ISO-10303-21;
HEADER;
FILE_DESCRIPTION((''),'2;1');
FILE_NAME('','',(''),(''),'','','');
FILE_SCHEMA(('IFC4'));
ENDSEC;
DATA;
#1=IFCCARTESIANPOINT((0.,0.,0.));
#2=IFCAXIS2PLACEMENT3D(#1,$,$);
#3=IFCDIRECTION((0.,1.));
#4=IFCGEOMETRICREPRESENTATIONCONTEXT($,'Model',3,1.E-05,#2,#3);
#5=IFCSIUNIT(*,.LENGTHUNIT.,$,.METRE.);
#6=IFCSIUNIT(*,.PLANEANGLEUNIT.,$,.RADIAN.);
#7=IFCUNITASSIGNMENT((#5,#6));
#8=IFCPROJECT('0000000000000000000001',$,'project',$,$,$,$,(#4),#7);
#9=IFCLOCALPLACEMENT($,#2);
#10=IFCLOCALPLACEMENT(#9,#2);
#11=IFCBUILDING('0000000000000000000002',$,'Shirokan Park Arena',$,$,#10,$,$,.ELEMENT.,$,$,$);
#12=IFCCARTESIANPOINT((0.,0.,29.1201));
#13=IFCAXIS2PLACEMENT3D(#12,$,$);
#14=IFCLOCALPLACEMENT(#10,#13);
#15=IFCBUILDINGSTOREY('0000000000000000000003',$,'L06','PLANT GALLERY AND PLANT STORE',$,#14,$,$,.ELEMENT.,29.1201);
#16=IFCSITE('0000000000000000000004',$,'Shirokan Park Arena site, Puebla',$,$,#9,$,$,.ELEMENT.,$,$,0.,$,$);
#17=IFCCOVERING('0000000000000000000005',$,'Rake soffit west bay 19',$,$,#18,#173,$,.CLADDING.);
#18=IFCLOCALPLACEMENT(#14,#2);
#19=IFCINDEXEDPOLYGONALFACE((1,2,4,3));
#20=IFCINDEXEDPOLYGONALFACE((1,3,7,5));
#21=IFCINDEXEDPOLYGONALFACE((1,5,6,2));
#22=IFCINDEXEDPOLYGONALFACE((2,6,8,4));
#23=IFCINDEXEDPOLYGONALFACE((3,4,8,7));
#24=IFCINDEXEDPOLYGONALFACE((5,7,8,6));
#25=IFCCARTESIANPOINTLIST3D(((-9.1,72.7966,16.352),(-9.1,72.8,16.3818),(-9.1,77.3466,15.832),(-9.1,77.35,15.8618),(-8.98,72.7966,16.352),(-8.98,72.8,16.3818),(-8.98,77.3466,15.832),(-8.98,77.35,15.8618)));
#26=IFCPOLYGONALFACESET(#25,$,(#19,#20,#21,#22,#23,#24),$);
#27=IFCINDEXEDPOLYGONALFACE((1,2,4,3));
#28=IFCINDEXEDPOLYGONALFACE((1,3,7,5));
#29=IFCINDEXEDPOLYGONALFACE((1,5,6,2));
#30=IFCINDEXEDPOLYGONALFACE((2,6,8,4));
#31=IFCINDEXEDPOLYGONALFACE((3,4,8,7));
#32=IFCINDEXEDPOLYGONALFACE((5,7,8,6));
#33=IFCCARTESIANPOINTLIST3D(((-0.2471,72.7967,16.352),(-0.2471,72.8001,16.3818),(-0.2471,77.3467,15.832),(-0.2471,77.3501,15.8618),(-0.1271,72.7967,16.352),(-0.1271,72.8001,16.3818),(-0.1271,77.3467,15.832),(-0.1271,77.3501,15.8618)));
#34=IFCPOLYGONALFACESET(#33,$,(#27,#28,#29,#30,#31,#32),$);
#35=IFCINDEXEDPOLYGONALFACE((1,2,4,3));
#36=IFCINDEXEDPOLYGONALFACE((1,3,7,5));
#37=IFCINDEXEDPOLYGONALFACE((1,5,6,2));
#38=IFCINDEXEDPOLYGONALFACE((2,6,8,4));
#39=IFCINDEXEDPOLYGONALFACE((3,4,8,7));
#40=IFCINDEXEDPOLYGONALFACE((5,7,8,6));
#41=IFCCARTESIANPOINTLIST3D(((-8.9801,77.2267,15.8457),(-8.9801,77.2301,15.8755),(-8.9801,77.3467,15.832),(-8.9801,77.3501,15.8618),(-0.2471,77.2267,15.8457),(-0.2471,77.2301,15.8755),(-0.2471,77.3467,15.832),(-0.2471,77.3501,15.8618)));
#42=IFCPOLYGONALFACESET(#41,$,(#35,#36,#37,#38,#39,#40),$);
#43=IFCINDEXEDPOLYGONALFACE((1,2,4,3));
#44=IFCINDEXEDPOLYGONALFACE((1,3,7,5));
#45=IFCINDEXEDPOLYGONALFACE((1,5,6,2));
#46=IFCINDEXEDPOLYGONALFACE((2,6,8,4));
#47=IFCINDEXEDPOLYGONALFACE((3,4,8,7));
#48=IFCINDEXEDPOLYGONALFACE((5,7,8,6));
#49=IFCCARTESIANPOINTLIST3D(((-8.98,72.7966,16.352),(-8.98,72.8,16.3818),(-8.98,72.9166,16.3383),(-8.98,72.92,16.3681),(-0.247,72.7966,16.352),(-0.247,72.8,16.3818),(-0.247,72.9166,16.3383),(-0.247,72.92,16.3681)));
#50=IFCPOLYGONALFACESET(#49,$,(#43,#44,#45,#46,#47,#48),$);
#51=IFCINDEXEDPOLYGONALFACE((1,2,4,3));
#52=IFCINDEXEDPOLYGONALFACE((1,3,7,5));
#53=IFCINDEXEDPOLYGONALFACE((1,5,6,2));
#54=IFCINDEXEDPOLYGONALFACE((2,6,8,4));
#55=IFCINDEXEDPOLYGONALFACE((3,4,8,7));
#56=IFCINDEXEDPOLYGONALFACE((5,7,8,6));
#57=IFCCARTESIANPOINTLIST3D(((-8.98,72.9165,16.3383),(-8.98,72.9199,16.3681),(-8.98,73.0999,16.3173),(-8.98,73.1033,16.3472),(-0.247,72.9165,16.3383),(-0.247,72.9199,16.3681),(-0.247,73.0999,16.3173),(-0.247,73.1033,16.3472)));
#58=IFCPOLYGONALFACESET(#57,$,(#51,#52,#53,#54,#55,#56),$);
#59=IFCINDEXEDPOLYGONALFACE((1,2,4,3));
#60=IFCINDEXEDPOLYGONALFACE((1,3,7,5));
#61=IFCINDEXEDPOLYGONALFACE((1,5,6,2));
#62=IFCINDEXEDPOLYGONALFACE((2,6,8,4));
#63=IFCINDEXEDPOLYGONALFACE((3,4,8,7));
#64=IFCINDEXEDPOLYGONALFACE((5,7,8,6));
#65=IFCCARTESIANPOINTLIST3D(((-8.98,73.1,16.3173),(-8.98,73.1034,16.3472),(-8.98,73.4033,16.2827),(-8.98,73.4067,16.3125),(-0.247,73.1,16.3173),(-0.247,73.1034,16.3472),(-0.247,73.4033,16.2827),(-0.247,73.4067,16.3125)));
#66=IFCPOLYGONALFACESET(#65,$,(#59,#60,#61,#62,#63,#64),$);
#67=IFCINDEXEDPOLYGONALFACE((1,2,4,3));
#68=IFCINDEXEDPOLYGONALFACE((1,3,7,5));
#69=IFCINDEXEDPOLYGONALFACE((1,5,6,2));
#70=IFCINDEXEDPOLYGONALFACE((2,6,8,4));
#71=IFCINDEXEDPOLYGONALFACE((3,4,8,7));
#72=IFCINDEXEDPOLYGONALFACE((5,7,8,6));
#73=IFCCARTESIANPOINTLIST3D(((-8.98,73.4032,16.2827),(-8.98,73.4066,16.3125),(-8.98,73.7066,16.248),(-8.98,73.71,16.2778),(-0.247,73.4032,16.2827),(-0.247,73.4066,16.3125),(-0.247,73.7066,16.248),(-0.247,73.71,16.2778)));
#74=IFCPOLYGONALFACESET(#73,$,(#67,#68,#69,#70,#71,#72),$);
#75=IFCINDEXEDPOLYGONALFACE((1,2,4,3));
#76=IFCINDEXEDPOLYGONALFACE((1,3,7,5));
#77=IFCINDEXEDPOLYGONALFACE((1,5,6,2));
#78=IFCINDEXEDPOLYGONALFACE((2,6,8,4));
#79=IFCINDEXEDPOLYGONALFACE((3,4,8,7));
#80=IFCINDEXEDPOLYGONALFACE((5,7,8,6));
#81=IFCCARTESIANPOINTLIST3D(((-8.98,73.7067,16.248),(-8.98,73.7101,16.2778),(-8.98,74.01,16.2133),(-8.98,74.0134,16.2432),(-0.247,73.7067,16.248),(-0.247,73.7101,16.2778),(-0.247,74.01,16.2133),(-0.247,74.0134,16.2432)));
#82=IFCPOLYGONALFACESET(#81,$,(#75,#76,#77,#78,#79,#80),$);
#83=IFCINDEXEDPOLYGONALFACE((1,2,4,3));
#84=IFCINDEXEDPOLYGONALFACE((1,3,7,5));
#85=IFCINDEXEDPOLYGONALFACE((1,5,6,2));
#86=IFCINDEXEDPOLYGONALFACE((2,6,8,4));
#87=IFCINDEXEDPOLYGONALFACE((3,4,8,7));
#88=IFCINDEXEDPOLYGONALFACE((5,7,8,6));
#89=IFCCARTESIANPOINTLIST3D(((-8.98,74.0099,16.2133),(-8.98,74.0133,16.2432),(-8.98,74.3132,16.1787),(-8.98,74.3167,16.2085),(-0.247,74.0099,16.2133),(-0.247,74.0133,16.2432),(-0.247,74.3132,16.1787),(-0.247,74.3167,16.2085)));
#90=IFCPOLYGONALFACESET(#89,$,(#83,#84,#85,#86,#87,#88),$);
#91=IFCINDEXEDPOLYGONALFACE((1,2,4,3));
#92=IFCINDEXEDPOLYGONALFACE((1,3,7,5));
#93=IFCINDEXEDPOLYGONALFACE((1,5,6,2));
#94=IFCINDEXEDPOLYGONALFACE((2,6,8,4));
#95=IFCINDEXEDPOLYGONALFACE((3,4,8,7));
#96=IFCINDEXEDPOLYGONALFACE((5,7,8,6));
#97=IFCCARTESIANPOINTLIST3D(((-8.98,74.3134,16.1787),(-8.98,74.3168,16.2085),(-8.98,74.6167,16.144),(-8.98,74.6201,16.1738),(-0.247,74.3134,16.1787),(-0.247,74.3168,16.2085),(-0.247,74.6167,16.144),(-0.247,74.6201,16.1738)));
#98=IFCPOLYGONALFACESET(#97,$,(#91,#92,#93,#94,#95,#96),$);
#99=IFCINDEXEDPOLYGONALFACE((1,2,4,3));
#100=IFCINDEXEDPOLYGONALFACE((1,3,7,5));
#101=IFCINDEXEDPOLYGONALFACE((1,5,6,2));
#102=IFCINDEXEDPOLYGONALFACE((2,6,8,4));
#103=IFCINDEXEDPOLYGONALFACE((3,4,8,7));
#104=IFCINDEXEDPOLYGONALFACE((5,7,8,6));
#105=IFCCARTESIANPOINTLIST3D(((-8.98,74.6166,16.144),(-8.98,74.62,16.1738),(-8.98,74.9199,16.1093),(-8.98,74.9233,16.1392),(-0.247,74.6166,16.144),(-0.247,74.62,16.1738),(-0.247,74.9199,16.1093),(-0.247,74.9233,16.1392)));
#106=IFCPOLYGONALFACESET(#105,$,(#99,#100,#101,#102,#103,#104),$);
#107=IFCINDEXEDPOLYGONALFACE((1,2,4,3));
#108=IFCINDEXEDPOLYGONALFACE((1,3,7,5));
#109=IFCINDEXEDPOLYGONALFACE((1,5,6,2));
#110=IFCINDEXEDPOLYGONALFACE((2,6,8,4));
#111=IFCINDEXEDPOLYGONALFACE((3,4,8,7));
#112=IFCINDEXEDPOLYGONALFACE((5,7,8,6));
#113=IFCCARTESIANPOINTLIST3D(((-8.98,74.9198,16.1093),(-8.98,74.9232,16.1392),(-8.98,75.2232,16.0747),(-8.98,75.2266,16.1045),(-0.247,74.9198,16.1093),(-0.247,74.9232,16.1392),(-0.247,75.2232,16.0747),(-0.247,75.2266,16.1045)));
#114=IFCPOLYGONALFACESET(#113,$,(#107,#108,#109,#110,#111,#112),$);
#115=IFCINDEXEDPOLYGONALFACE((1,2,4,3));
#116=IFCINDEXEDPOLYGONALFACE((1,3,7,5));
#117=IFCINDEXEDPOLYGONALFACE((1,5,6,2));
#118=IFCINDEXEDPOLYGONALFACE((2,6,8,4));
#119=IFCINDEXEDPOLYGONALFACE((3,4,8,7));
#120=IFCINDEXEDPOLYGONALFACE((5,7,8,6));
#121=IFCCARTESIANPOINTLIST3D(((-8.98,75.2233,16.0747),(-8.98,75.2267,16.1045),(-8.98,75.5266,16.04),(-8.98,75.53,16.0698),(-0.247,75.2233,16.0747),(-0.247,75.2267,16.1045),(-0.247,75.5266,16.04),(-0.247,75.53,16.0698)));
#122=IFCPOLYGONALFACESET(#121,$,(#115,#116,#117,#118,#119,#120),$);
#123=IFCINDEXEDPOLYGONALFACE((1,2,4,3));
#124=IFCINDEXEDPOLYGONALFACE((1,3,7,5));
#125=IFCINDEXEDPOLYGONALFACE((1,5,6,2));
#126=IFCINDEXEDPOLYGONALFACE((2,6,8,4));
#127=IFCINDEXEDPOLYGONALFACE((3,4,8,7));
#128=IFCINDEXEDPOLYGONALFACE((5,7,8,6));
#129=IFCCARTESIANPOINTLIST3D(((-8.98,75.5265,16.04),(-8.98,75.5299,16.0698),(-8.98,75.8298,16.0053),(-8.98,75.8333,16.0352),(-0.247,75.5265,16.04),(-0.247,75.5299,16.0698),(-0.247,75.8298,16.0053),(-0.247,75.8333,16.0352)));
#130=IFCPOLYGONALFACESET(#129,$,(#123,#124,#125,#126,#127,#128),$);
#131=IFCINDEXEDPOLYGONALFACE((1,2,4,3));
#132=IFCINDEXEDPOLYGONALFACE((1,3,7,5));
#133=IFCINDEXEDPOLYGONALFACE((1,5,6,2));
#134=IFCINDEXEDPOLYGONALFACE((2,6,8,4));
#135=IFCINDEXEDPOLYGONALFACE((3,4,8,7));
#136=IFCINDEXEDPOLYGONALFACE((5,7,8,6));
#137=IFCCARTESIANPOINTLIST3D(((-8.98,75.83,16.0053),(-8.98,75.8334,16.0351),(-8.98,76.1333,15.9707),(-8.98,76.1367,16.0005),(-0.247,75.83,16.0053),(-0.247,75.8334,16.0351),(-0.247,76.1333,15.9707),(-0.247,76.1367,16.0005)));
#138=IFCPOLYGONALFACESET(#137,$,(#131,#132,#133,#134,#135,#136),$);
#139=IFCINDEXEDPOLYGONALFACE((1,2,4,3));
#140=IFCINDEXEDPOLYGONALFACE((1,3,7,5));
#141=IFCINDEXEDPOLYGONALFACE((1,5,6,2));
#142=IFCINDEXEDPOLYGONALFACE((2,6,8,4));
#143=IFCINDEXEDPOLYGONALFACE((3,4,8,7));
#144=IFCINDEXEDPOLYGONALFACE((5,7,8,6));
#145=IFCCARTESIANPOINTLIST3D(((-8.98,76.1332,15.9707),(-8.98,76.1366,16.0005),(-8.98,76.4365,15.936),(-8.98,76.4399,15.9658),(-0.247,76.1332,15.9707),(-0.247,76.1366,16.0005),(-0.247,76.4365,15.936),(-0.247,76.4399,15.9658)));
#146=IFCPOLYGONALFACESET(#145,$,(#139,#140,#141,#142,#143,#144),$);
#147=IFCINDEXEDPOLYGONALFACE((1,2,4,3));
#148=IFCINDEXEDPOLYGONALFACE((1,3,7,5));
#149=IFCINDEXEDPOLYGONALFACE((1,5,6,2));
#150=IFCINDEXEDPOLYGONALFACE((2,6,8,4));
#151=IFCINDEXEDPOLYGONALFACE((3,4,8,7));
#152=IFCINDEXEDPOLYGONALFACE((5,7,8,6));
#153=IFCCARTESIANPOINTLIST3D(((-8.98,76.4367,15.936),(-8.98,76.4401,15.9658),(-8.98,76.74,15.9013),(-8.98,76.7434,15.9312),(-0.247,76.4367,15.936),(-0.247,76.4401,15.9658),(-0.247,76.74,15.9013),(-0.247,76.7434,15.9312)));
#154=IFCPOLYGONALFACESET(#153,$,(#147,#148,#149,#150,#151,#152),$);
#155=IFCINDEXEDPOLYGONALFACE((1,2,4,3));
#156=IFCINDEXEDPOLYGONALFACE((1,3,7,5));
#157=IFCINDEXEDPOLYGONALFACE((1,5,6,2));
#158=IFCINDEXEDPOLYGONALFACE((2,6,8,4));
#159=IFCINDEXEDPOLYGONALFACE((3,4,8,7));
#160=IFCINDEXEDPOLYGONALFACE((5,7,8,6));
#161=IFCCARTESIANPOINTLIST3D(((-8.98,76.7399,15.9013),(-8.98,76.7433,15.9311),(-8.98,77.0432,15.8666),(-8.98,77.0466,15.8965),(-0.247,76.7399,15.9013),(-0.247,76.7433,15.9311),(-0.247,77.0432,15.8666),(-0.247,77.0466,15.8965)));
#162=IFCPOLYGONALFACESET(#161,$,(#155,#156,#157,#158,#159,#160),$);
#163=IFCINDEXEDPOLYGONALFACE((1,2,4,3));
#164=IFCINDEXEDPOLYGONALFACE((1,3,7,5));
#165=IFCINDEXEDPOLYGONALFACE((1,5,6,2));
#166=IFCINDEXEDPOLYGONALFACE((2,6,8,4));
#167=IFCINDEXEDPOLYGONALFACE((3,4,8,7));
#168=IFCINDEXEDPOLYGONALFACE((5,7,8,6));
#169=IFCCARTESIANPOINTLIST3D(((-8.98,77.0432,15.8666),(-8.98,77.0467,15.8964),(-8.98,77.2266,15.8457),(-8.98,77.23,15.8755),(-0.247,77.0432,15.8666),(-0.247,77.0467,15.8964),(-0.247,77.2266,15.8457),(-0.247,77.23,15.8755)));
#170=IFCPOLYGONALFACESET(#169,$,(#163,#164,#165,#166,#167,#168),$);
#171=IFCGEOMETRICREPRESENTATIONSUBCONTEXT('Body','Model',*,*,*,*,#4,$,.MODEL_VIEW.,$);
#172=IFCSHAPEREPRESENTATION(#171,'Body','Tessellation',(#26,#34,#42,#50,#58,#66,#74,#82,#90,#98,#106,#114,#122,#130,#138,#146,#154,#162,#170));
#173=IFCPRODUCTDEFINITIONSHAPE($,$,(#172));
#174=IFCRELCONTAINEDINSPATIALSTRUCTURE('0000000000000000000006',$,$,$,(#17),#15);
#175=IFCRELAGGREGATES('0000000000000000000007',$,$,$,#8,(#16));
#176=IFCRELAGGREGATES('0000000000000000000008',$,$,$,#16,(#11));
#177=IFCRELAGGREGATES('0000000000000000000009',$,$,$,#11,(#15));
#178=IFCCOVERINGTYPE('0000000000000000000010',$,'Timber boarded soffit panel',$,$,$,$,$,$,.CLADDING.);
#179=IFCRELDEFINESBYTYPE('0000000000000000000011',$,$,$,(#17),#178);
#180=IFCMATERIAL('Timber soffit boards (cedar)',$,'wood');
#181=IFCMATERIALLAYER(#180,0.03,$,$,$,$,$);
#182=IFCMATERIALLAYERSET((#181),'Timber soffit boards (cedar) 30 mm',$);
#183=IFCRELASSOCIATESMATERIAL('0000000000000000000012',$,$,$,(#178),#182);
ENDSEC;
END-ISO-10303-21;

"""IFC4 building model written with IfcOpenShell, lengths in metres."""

from ifc_helpers import new_model, si_unit, direction, frame, origin, place, context, subcontext, project, spatial, polyline, outline, extrude, material, layer, layer_set, type_object, element, save


model = new_model("IFC4")

# Units and contexts
model_context = context("Model", 3, precision=1e-05, world=origin(), true_north=direction((0.0, 1.0)))
body_context = subcontext(model_context, "Body", "Model", "MODEL_VIEW")
ifc_project = project(units=[si_unit("LENGTHUNIT", "METRE"), si_unit("PLANEANGLEUNIT", "RADIAN")], contexts=[model_context])

# Site, building, storey
site_placement = place(None, origin())
site = spatial("IfcSite", under=ifc_project, at=site_placement, Name="Shirokan Park Arena site, Puebla", CompositionType="ELEMENT", RefElevation=0.0)
building_placement = place(site_placement, origin())
building = spatial("IfcBuilding", under=site, at=building_placement, Name="Shirokan Park Arena", CompositionType="ELEMENT")
storey_placement = place(building_placement, frame((0.0, 0.0, 29.1201)))
storey = spatial("IfcBuildingStorey", under=building, at=storey_placement, Name="L06", Description="PLANT GALLERY AND PLANT STORE", CompositionType="ELEMENT", Elevation=29.1201)

# Covering
ifc_material = material(Name="Timber soffit boards (cedar)", Category="wood")
ifc_layer = layer(ifc_material, 0.03)
ifc_layer_set = layer_set([ifc_layer], Name="Timber soffit boards (cedar) 30 mm")
covering_type = type_object("IfcCoveringType", Name="Timber boarded soffit panel", PredefinedType="CLADDING", material=ifc_layer_set)
covering_1_placement = place(storey_placement, origin())
element("IfcCovering", 1, at=covering_1_placement, inside=storey, type_object=covering_type, Name="Rake soffit west bay 19", PredefinedType="CLADDING", context=body_context, shape_type="SweptSolid", body=[
    extrude(outline(polyline([(0.0, 0.0), (0.12, 0.0), (0.12, -4.5796), (0.0, -4.5796), (0.0, 0.0)])), frame((-8.98, 72.8, 16.3818), z_axis=(0.0, 0.113547, 0.993533), x_axis=(-1.0, 0.0, 0.0)), (0.0, 0.0, -1.0), 0.03),
    extrude(outline(polyline([(0.0, 0.0), (0.12, 0.0), (0.12, -4.5796), (0.0, -4.5796), (0.0, 0.0)])), frame((-0.2471, 77.3501, 15.8618), z_axis=(0.0, 0.113547, 0.993533), x_axis=(1.0, 0.0, 0.0)), (0.0, 0.0, -1.0), 0.03),
    extrude(outline(polyline([(0.0, 0.0), (0.1208, 0.0), (0.1208, -8.733), (0.0, -8.733), (0.0, 0.0)])), frame((-0.2471, 77.3501, 15.8618), z_axis=(0.0, 0.113512, 0.993537), x_axis=(0.0, -0.993537, 0.113512)), (0.0, 0.0, -1.0), 0.03),
    extrude(outline(polyline([(0.0, 0.0), (0.1208, 0.0), (0.1208, -8.733), (0.0, -8.733), (0.0, 0.0)])), frame((-8.98, 72.8, 16.3818), z_axis=(0.0, 0.113512, 0.993537), x_axis=(0.0, 0.993537, -0.113512)), (0.0, 0.0, -1.0), 0.03),
    extrude(outline(polyline([(0.0, 0.0), (8.733, 0.0), (8.733, -0.1845), (0.0, -0.1845), (0.0, 0.0)])), frame((-8.98, 73.1033, 16.3472), z_axis=(0.0, 0.113589, 0.993528), x_axis=(1.0, 0.0, 0.0)), (0.0, 0.0, -1.0), 0.03),
    extrude(outline(polyline([(0.0, 0.0), (8.733, 0.0), (8.733, -0.3053), (0.0, -0.3053), (0.0, 0.0)])), frame((-8.98, 73.4067, 16.3125), z_axis=(0.0, 0.113523, 0.993535), x_axis=(1.0, 0.0, 0.0)), (0.0, 0.0, -1.0), 0.03),
    extrude(outline(polyline([(0.0, 0.0), (8.733, 0.0), (8.733, -0.3053), (0.0, -0.3053), (0.0, 0.0)])), frame((-8.98, 73.71, 16.2778), z_axis=(0.0, 0.113559, 0.993531), x_axis=(1.0, 0.0, 0.0)), (0.0, 0.0, -1.0), 0.03),
    extrude(outline(polyline([(0.0, 0.0), (8.733, 0.0), (8.733, -0.3053), (0.0, -0.3053), (0.0, 0.0)])), frame((-8.98, 74.0134, 16.2432), z_axis=(0.0, 0.113559, 0.993531), x_axis=(1.0, 0.0, 0.0)), (0.0, 0.0, -1.0), 0.03),
    extrude(outline(polyline([(0.0, 0.0), (8.733, 0.0), (8.733, -0.3053), (0.0, -0.3053), (0.0, 0.0)])), frame((-8.98, 74.3167, 16.2085), z_axis=(0.0, 0.113523, 0.993535), x_axis=(1.0, 0.0, 0.0)), (0.0, 0.0, -1.0), 0.03),
    extrude(outline(polyline([(0.0, 0.0), (8.733, 0.0), (8.733, -0.3053), (0.0, -0.3053), (0.0, 0.0)])), frame((-8.98, 74.6201, 16.1738), z_axis=(0.0, 0.113559, 0.993531), x_axis=(1.0, 0.0, 0.0)), (0.0, 0.0, -1.0), 0.03),
    extrude(outline(polyline([(0.0, 0.0), (8.733, 0.0), (8.733, -0.3053), (0.0, -0.3053), (0.0, 0.0)])), frame((-8.98, 74.9233, 16.1392), z_axis=(0.0, 0.113559, 0.993531), x_axis=(1.0, 0.0, 0.0)), (0.0, 0.0, -1.0), 0.03),
    extrude(outline(polyline([(0.0, 0.0), (8.733, 0.0), (8.733, -0.3053), (0.0, -0.3053), (0.0, 0.0)])), frame((-8.98, 75.2266, 16.1045), z_axis=(0.0, 0.113523, 0.993535), x_axis=(1.0, 0.0, 0.0)), (0.0, 0.0, -1.0), 0.03),
    extrude(outline(polyline([(0.0, 0.0), (8.733, 0.0), (8.733, -0.3053), (0.0, -0.3053), (0.0, 0.0)])), frame((-8.98, 75.53, 16.0698), z_axis=(0.0, 0.113559, 0.993531), x_axis=(1.0, 0.0, 0.0)), (0.0, 0.0, -1.0), 0.03),
    extrude(outline(polyline([(0.0, 0.0), (8.733, 0.0), (8.733, -0.3053), (0.0, -0.3053), (0.0, 0.0)])), frame((-8.98, 75.8333, 16.0352), z_axis=(0.0, 0.113559, 0.993531), x_axis=(1.0, 0.0, 0.0)), (0.0, 0.0, -1.0), 0.03),
    extrude(outline(polyline([(0.0, 0.0), (8.733, 0.0), (8.733, -0.3053), (0.0, -0.3053), (0.0, 0.0)])), frame((-8.98, 76.1367, 16.0005), z_axis=(0.0, 0.113523, 0.993535), x_axis=(1.0, 0.0, 0.0)), (0.0, 0.0, -1.0), 0.03),
    extrude(outline(polyline([(0.0, 0.0), (8.733, 0.0), (8.733, -0.3053), (0.0, -0.3053), (0.0, 0.0)])), frame((-8.98, 76.4399, 15.9658), z_axis=(0.0, 0.113559, 0.993531), x_axis=(1.0, 0.0, 0.0)), (0.0, 0.0, -1.0), 0.03),
    extrude(outline(polyline([(0.0, 0.0), (8.733, 0.0), (8.733, -0.3053), (0.0, -0.3053), (0.0, 0.0)])), frame((-8.98, 76.7434, 15.9312), z_axis=(0.0, 0.113559, 0.993531), x_axis=(1.0, 0.0, 0.0)), (0.0, 0.0, -1.0), 0.03),
    extrude(outline(polyline([(0.0, 0.0), (8.733, 0.0), (8.733, -0.3053), (0.0, -0.3053), (0.0, 0.0)])), frame((-8.98, 77.0466, 15.8965), z_axis=(0.0, 0.113523, 0.993535), x_axis=(1.0, 0.0, 0.0)), (0.0, 0.0, -1.0), 0.03),
    extrude(outline(polyline([(0.0, 0.0), (8.733, 0.0), (8.733, -0.1845), (0.0, -0.1845), (0.0, 0.0)])), frame((-8.98, 77.23, 15.8755), z_axis=(0.0, 0.113589, 0.993528), x_axis=(1.0, 0.0, 0.0)), (0.0, 0.0, -1.0), 0.03),
])

save(model, "model.ifc")
